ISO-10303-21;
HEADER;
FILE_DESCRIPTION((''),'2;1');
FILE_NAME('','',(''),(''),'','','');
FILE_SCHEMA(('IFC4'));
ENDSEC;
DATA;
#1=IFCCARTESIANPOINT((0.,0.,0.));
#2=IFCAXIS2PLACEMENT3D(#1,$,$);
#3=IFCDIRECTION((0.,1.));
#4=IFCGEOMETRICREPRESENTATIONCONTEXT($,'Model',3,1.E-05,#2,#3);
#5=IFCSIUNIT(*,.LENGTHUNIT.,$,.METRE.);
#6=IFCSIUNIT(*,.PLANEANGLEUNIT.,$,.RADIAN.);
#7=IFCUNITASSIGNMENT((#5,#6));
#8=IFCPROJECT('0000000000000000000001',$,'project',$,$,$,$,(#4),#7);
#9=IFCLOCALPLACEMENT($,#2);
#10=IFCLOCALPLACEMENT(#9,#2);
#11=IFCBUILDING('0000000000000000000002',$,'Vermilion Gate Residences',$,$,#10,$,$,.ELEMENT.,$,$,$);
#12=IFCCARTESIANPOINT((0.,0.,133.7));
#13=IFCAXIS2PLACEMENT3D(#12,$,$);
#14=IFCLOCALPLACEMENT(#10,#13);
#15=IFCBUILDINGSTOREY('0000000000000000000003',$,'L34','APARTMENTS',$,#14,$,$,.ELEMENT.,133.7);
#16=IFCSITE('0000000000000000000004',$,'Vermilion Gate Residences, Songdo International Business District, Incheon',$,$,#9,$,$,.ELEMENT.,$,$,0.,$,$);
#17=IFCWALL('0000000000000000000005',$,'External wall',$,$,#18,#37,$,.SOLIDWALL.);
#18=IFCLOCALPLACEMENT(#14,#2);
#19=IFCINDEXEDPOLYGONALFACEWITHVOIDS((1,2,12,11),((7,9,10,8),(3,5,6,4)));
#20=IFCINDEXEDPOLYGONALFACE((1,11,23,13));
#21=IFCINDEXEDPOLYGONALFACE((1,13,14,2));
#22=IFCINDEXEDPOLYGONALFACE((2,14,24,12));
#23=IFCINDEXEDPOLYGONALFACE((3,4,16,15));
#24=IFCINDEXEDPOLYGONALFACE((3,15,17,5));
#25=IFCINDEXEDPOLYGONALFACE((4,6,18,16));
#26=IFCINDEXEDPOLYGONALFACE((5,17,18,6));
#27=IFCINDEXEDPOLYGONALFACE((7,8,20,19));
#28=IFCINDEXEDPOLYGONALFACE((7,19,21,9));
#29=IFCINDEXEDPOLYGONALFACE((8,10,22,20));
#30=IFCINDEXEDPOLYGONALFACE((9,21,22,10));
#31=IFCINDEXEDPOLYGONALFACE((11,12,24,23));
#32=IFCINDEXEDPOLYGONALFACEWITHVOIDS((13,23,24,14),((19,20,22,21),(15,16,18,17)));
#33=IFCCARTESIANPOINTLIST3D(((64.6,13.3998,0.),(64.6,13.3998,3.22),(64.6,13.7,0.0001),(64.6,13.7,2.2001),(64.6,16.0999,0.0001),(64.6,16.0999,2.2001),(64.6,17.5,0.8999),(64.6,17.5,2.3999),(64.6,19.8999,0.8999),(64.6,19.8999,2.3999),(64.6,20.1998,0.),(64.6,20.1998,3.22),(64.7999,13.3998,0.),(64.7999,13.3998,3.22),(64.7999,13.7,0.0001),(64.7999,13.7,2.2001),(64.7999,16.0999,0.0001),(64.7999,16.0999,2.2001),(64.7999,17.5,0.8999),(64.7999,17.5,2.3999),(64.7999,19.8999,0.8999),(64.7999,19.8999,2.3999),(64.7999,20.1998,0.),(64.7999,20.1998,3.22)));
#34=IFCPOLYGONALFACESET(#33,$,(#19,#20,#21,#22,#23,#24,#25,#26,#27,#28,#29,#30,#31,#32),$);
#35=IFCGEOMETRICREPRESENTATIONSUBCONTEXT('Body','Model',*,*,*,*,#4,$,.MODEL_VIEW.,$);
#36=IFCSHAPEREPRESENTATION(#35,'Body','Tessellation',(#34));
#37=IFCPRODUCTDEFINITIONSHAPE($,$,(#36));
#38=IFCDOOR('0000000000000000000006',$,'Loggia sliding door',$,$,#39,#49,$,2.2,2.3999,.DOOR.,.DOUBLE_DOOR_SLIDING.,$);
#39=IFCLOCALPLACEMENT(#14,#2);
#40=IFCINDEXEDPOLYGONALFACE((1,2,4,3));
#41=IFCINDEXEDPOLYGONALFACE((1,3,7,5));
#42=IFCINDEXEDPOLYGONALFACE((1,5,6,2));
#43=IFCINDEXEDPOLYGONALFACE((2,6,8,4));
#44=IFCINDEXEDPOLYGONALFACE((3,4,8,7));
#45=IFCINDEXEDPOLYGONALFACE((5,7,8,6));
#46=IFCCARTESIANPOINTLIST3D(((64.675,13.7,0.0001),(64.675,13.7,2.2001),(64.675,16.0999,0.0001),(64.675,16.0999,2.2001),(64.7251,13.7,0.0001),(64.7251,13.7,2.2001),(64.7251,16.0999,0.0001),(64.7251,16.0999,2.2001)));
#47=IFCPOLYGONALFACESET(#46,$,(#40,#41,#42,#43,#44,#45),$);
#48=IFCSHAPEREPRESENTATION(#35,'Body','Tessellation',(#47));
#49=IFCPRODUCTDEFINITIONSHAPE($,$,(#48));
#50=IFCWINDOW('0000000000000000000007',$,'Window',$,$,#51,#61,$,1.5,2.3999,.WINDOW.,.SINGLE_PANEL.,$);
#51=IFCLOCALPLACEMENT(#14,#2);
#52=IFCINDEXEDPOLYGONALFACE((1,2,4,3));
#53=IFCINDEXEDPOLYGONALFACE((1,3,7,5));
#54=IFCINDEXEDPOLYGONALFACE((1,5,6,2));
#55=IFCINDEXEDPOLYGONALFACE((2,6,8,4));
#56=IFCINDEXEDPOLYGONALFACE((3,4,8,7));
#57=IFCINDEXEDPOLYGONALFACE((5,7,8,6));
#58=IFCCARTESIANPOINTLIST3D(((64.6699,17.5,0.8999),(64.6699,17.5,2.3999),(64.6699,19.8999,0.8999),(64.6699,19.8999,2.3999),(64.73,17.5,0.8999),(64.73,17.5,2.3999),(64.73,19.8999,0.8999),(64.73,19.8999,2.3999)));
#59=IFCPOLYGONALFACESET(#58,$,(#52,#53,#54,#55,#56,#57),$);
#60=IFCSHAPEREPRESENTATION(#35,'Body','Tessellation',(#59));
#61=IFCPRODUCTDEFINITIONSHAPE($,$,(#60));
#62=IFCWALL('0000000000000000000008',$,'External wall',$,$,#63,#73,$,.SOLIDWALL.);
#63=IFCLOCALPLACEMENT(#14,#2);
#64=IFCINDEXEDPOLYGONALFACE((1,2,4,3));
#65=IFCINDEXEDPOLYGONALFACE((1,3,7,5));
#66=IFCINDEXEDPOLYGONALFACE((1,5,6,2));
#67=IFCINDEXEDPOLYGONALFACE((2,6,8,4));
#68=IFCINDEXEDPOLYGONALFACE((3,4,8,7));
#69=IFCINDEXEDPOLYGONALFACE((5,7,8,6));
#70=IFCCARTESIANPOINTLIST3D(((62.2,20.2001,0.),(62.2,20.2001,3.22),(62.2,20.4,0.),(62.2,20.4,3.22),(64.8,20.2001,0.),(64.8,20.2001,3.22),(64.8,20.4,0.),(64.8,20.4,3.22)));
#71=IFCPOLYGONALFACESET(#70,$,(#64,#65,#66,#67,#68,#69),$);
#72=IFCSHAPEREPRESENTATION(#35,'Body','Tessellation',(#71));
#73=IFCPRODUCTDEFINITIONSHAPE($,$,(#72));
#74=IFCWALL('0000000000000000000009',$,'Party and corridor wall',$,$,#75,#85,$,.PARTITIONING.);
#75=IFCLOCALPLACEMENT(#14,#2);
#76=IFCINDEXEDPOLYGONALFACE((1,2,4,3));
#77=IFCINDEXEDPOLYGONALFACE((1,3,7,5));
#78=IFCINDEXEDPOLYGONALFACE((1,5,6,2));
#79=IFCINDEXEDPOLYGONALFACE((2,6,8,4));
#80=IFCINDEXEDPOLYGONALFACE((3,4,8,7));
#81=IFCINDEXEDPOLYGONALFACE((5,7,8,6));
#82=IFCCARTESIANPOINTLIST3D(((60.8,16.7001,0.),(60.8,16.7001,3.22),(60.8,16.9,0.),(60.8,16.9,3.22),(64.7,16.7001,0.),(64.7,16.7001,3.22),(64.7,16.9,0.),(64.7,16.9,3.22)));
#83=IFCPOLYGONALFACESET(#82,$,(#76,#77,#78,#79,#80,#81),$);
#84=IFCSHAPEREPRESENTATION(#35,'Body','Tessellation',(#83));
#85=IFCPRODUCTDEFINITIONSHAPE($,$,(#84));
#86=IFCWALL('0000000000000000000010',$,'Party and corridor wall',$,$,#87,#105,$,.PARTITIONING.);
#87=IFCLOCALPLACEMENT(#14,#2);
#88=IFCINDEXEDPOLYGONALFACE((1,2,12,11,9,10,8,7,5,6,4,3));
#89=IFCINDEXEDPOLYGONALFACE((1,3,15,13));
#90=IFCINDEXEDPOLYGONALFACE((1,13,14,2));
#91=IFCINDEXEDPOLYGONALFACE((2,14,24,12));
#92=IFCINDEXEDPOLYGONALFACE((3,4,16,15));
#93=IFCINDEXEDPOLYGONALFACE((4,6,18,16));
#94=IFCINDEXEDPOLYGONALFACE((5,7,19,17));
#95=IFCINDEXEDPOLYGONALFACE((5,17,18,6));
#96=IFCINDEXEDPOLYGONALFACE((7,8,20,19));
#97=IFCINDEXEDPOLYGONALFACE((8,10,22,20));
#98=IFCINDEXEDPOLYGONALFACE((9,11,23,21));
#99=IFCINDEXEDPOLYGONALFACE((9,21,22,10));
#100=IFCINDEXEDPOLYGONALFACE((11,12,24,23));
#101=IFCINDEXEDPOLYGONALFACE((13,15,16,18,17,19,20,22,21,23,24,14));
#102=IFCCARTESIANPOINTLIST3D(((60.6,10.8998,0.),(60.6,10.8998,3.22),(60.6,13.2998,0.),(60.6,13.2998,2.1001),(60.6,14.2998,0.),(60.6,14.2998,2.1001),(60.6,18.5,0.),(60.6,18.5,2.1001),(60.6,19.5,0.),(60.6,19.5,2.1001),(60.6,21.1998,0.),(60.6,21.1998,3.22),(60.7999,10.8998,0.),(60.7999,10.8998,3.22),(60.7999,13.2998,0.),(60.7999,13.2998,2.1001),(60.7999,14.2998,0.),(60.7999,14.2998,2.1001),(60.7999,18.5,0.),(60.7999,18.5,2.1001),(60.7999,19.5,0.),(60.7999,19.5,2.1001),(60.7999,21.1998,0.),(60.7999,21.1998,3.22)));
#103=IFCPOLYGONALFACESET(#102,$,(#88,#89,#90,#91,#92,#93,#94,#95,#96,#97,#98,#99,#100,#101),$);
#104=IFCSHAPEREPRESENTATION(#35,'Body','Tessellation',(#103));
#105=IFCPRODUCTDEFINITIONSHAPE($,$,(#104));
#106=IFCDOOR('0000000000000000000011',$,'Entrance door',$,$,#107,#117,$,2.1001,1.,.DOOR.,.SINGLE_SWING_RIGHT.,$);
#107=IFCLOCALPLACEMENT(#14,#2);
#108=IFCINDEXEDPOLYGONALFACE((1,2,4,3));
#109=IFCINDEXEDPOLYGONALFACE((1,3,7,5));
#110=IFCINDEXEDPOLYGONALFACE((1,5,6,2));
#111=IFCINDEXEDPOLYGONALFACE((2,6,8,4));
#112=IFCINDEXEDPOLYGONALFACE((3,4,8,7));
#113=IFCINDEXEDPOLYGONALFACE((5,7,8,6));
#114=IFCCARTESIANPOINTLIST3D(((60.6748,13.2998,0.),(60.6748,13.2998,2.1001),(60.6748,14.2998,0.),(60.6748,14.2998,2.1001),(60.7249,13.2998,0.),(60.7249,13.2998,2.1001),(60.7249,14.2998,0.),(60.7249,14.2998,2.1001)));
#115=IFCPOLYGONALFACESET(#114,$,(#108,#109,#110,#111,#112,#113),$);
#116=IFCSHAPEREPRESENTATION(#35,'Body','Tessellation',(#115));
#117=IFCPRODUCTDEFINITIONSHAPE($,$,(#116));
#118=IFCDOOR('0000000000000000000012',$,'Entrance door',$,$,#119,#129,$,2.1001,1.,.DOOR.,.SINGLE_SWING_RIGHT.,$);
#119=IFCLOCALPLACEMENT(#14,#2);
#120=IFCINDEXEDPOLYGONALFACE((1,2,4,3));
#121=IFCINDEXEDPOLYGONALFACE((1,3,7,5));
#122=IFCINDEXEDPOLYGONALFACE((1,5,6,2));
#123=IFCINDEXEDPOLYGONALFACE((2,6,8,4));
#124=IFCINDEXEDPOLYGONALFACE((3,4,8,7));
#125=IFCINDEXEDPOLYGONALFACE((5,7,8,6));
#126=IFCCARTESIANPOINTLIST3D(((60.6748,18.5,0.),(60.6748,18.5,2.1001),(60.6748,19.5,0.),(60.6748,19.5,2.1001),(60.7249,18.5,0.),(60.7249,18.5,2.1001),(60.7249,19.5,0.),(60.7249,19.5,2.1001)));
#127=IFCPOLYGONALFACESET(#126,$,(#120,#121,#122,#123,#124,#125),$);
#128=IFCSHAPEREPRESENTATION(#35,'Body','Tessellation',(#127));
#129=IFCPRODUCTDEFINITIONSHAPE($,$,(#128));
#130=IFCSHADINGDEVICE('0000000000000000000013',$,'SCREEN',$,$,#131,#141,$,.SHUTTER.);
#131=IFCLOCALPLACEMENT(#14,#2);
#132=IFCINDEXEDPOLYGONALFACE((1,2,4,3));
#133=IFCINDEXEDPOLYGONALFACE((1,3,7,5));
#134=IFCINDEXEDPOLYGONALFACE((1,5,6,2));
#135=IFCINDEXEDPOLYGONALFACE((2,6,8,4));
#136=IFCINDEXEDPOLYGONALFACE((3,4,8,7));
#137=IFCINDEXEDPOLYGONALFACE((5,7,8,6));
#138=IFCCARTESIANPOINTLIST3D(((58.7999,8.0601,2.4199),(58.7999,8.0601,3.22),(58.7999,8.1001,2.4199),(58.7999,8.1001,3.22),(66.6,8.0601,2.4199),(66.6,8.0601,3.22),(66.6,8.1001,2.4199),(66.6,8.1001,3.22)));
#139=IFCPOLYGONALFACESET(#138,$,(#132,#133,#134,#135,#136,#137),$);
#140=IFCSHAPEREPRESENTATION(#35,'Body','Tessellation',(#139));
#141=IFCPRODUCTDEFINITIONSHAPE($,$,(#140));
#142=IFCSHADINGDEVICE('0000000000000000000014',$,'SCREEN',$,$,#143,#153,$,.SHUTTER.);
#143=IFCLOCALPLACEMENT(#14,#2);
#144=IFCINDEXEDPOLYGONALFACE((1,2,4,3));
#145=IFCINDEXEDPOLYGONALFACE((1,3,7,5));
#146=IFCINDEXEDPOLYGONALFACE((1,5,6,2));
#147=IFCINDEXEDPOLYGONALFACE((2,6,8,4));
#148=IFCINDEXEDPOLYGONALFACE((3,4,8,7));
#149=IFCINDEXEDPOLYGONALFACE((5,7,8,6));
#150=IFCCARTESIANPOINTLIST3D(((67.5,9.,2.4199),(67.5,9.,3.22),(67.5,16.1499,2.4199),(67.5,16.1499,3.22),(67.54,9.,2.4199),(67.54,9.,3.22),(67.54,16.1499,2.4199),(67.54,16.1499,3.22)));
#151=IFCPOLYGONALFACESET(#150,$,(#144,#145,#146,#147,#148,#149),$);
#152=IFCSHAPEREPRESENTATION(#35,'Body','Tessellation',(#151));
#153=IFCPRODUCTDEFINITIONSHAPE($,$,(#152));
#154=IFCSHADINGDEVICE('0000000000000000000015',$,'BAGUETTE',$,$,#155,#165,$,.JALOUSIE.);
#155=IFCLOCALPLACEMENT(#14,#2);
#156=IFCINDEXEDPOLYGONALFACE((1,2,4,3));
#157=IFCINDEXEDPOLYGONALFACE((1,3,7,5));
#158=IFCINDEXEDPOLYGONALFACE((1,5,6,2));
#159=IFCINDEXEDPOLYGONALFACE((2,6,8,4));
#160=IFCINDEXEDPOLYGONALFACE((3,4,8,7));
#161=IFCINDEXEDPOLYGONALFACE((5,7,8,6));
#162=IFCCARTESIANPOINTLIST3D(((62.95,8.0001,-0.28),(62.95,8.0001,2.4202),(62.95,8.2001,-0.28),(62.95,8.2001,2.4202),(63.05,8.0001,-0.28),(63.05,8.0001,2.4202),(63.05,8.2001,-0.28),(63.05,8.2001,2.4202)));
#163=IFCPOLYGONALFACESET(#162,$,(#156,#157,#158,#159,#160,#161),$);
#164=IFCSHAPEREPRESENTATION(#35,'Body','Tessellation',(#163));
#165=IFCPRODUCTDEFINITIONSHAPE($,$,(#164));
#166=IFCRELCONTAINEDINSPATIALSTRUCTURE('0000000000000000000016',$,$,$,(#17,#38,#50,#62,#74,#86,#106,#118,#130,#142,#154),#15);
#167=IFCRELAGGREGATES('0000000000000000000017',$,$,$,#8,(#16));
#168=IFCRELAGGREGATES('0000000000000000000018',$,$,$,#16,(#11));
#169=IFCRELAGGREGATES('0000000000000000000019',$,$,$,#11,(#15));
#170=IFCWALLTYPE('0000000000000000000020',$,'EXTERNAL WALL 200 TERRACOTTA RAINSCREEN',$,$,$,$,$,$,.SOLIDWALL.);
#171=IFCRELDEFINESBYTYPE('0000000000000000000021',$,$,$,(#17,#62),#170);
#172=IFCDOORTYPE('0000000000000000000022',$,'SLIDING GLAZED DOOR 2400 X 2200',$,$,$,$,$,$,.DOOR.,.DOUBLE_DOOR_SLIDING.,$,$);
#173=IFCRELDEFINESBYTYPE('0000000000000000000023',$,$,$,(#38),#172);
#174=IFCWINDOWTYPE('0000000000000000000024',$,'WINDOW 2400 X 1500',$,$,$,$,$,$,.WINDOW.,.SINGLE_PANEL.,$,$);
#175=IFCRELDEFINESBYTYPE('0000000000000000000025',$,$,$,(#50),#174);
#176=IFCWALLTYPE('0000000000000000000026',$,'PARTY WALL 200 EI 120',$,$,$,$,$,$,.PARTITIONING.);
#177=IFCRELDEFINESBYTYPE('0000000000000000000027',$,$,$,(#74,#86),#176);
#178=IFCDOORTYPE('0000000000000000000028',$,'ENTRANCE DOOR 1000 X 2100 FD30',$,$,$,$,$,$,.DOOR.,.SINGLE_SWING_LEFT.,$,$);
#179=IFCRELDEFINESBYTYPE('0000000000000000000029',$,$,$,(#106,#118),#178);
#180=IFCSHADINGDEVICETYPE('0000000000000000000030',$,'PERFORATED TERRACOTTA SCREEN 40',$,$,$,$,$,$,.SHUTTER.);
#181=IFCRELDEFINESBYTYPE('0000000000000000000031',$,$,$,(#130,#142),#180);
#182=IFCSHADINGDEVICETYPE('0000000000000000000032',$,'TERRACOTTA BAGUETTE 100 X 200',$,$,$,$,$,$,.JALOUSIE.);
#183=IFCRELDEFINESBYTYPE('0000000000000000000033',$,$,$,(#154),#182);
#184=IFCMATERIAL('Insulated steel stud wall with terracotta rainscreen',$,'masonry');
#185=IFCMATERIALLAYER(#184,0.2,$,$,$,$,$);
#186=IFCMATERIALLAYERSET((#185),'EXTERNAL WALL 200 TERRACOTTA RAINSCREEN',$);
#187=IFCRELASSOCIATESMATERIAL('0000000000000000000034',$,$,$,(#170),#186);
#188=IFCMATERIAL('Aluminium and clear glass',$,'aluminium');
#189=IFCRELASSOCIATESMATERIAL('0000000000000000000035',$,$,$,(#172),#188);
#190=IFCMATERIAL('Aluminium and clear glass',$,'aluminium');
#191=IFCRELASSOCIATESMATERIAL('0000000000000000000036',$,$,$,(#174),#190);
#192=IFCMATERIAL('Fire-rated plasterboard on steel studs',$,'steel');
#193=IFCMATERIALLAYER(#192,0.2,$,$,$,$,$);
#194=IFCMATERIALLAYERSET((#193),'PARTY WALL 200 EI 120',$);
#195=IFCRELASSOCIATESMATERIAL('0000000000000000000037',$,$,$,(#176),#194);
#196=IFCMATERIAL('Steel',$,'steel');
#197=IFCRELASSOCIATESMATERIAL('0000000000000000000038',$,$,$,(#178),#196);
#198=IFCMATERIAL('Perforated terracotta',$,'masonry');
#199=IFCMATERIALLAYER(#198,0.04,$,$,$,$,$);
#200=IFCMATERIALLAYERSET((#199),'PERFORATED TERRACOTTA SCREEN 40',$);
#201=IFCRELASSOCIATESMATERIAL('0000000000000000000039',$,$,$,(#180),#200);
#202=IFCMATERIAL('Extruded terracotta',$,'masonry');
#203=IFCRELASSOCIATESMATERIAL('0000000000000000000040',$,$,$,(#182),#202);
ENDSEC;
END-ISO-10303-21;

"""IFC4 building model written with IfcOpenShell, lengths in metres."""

from ifc_helpers import new_model, si_unit, direction, frame, frame_2d, origin, origin_2d, place, context, subcontext, project, spatial, rectangle, extrude, material, layer, layer_set, material_profile, profile_set, type_object, element, fill, save


model = new_model("IFC4")

# Units and contexts
model_context = context("Model", 3, precision=1e-05, world=origin(), true_north=direction((0.0, 1.0)))
body_context = subcontext(model_context, "Body", "Model", "MODEL_VIEW")
ifc_project = project(units=[si_unit("LENGTHUNIT", "METRE"), si_unit("PLANEANGLEUNIT", "RADIAN")], contexts=[model_context])

# Site, building, storey
site_placement = place(None, origin())
site = spatial("IfcSite", under=ifc_project, at=site_placement, Name="Vermilion Gate Residences, Songdo International Business District, Incheon", CompositionType="ELEMENT", RefElevation=0.0)
building_placement = place(site_placement, origin())
building = spatial("IfcBuilding", under=site, at=building_placement, Name="Vermilion Gate Residences", CompositionType="ELEMENT")
storey_placement = place(building_placement, frame((0.0, 0.0, 133.7)))
storey = spatial("IfcBuildingStorey", under=building, at=storey_placement, Name="L34", Description="APARTMENTS", CompositionType="ELEMENT", Elevation=133.7)

# Shared definitions
ifc_material_1 = material(Name="Insulated steel stud wall with terracotta rainscreen", Category="masonry")
ifc_layer_1 = layer(ifc_material_1, 0.2)
ifc_layer_set_1 = layer_set([ifc_layer_1], Name="EXTERNAL WALL 200 TERRACOTTA RAINSCREEN")
wall_type_1 = type_object("IfcWallType", Name="EXTERNAL WALL 200 TERRACOTTA RAINSCREEN", PredefinedType="SOLIDWALL", material=ifc_layer_set_1)

# Wall, openings, door, window
wall_1_placement = place(storey_placement, frame((64.7, 13.3999, 0.0), z_axis=(0.0, 0.0, 1.0), x_axis=(0.0, 1.0, 0.0)))
wall_1 = element("IfcWall", 1, at=wall_1_placement, inside=storey, type_object=wall_type_1, Name="External wall", PredefinedType="SOLIDWALL", context=body_context, shape_type="SweptSolid", body=[
    extrude(rectangle(XDim=6.8, YDim=0.2, at=frame_2d((3.3999, 0.0))), origin(), (0.0, 0.0, 1.0), 3.22),
])
opening_1_placement = place(wall_1_placement, frame((4.1001, 0.0, 0.8999)))
opening_1 = element("IfcOpeningElement", 2, at=opening_1_placement, cuts=wall_1, PredefinedType="OPENING", context=body_context, shape_type="SweptSolid", body=[
    extrude(rectangle(XDim=2.3999, YDim=1.5, at=frame_2d((1.2, 0.75))), frame((0.0, 0.1099, 0.0), z_axis=(0.0, -1.0, 0.0), x_axis=(1.0, 0.0, 0.0)), (0.0, 0.0, 1.0), 0.22),
])
opening_2_placement = place(wall_1_placement, frame((0.3, 0.0, 0.0)))
opening_2 = element("IfcOpeningElement", 3, at=opening_2_placement, cuts=wall_1, PredefinedType="OPENING", context=body_context, shape_type="SweptSolid", body=[
    extrude(rectangle(XDim=2.3999, YDim=2.2, at=frame_2d((1.2, 1.1001))), frame((0.0, 0.1099, 0.0), z_axis=(0.0, -1.0, 0.0), x_axis=(1.0, 0.0, 0.0)), (0.0, 0.0, 1.0), 0.22),
])
ifc_material_2 = material(Name="Aluminium and clear glass", Category="aluminium")
door_type_1 = type_object("IfcDoorType", Name="SLIDING GLAZED DOOR 2400 X 2200", OperationType="DOUBLE_DOOR_SLIDING", PredefinedType="DOOR", material=ifc_material_2)
door_1_placement = place(opening_2_placement, origin())
door_1 = element("IfcDoor", 4, at=door_1_placement, inside=storey, type_object=door_type_1, Name="Loggia sliding door", OperationType="DOUBLE_DOOR_SLIDING", OverallHeight=2.2, OverallWidth=2.3999, PredefinedType="DOOR", context=body_context, shape_type="SweptSolid", body=[
    extrude(rectangle(XDim=2.3999, YDim=2.2, at=frame_2d((1.2, 1.1001))), frame((0.0, 0.0249, 0.0), z_axis=(0.0, -1.0, 0.0), x_axis=(1.0, 0.0, 0.0)), (0.0, 0.0, 1.0), 0.05),
])
fill(opening_2, door_1)
ifc_material_3 = material(Name="Aluminium and clear glass", Category="aluminium")
window_type_1 = type_object("IfcWindowType", Name="WINDOW 2400 X 1500", PartitioningType="SINGLE_PANEL", PredefinedType="WINDOW", material=ifc_material_3)
window_1_placement = place(opening_1_placement, origin())
window_1 = element("IfcWindow", 5, at=window_1_placement, inside=storey, type_object=window_type_1, Name="Window", OverallHeight=1.5, OverallWidth=2.3999, PartitioningType="SINGLE_PANEL", PredefinedType="WINDOW", context=body_context, shape_type="SweptSolid", body=[
    extrude(rectangle(XDim=2.3999, YDim=1.5, at=frame_2d((1.2, 0.75))), frame((0.0, 0.03, 0.0), z_axis=(0.0, -1.0, 0.0), x_axis=(1.0, 0.0, 0.0)), (0.0, 0.0, 1.0), 0.0601),
])
fill(opening_1, window_1)

# Walls
wall_2_placement = place(storey_placement, frame((64.8, 20.3, 0.0), z_axis=(0.0, 0.0, 1.0), x_axis=(-1.0, 0.0, 0.0)))
element("IfcWall", 6, at=wall_2_placement, inside=storey, type_object=wall_type_1, Name="External wall", PredefinedType="SOLIDWALL", context=body_context, shape_type="SweptSolid", body=[
    extrude(rectangle(XDim=2.6001, YDim=0.2, at=frame_2d((1.3, 0.0))), origin(), (0.0, 0.0, 1.0), 3.22),
])
ifc_material_4 = material(Name="Fire-rated plasterboard on steel studs", Category="steel")
ifc_layer_2 = layer(ifc_material_4, 0.2)
ifc_layer_set_2 = layer_set([ifc_layer_2], Name="PARTY WALL 200 EI 120")
wall_type_2 = type_object("IfcWallType", Name="PARTY WALL 200 EI 120", PredefinedType="PARTITIONING", material=ifc_layer_set_2)
wall_3_placement = place(storey_placement, frame((60.8, 16.8, 0.0), z_axis=(0.0, 0.0, 1.0), x_axis=(1.0, 0.0, 0.0)))
element("IfcWall", 7, at=wall_3_placement, inside=storey, type_object=wall_type_2, Name="Party and corridor wall", PredefinedType="PARTITIONING", context=body_context, shape_type="SweptSolid", body=[
    extrude(rectangle(XDim=3.8999, YDim=0.2, at=frame_2d((1.95, 0.0))), origin(), (0.0, 0.0, 1.0), 3.22),
])

# Wall, openings, doors
wall_4_placement = place(storey_placement, frame((60.7, 10.8999, 0.0), z_axis=(0.0, 0.0, 1.0), x_axis=(0.0, 1.0, 0.0)))
wall_4 = element("IfcWall", 8, at=wall_4_placement, inside=storey, type_object=wall_type_2, Name="Party and corridor wall", PredefinedType="PARTITIONING", context=body_context, shape_type="SweptSolid", body=[
    extrude(rectangle(XDim=10.3, YDim=0.2, at=frame_2d((5.1499, 0.0))), origin(), (0.0, 0.0, 1.0), 3.22),
])
opening_3_placement = place(wall_4_placement, frame((2.3999, 0.0, 0.0)))
opening_3 = element("IfcOpeningElement", 9, at=opening_3_placement, cuts=wall_4, PredefinedType="OPENING", context=body_context, shape_type="SweptSolid", body=[
    extrude(rectangle(XDim=1.0, YDim=2.1001, at=frame_2d((0.5, 1.05))), frame((0.0, 0.1099, 0.0), z_axis=(0.0, -1.0, 0.0), x_axis=(1.0, 0.0, 0.0)), (0.0, 0.0, 1.0), 0.22),
])
opening_4_placement = place(wall_4_placement, frame((7.6001, 0.0, 0.0)))
opening_4 = element("IfcOpeningElement", 10, at=opening_4_placement, cuts=wall_4, PredefinedType="OPENING", context=body_context, shape_type="SweptSolid", body=[
    extrude(rectangle(XDim=1.0, YDim=2.1001, at=frame_2d((0.5, 1.05))), frame((0.0, 0.1099, 0.0), z_axis=(0.0, -1.0, 0.0), x_axis=(1.0, 0.0, 0.0)), (0.0, 0.0, 1.0), 0.22),
])
ifc_material_5 = material(Name="Steel", Category="steel")
door_type_2 = type_object("IfcDoorType", Name="ENTRANCE DOOR 1000 X 2100 FD30", OperationType="SINGLE_SWING_LEFT", PredefinedType="DOOR", material=ifc_material_5)
door_2_placement = place(opening_3_placement, frame((1.0, 0.0, 0.0), z_axis=(0.0, 0.0, 1.0), x_axis=(-1.0, 0.0, 0.0)))
door_2 = element("IfcDoor", 11, at=door_2_placement, inside=storey, type_object=door_type_2, Name="Entrance door", OperationType="SINGLE_SWING_RIGHT", OverallHeight=2.1001, OverallWidth=1.0, PredefinedType="DOOR", context=body_context, shape_type="SweptSolid", body=[
    extrude(rectangle(XDim=1.0, YDim=2.1001, at=frame_2d((0.5, 1.05))), frame((0.0, 0.0249, 0.0), z_axis=(0.0, -1.0, 0.0), x_axis=(1.0, 0.0, 0.0)), (0.0, 0.0, 1.0), 0.05),
])
fill(opening_3, door_2)
door_3_placement = place(opening_4_placement, frame((1.0, 0.0, 0.0), z_axis=(0.0, 0.0, 1.0), x_axis=(-1.0, 0.0, 0.0)))
door_3 = element("IfcDoor", 12, at=door_3_placement, inside=storey, type_object=door_type_2, Name="Entrance door", OperationType="SINGLE_SWING_RIGHT", OverallHeight=2.1001, OverallWidth=1.0, PredefinedType="DOOR", context=body_context, shape_type="SweptSolid", body=[
    extrude(rectangle(XDim=1.0, YDim=2.1001, at=frame_2d((0.5, 1.05))), frame((0.0, 0.0249, 0.0), z_axis=(0.0, -1.0, 0.0), x_axis=(1.0, 0.0, 0.0)), (0.0, 0.0, 1.0), 0.05),
])
fill(opening_4, door_3)

# Shading devices
ifc_material_6 = material(Name="Perforated terracotta", Category="masonry")
ifc_layer_3 = layer(ifc_material_6, 0.04)
ifc_layer_set_3 = layer_set([ifc_layer_3], Name="PERFORATED TERRACOTTA SCREEN 40")
shading_device_type_1 = type_object("IfcShadingDeviceType", Name="PERFORATED TERRACOTTA SCREEN 40", PredefinedType="SHUTTER", material=ifc_layer_set_3)
shading_device_1_placement = place(storey_placement, frame((62.7, 8.0801, 2.4199), z_axis=(0.0, 0.0, 1.0), x_axis=(1.0, 0.0, 0.0)))
element("IfcShadingDevice", 13, at=shading_device_1_placement, inside=storey, type_object=shading_device_type_1, Name="SCREEN", PredefinedType="SHUTTER", context=body_context, shape_type="SweptSolid", body=[
    extrude(rectangle(XDim=7.8, YDim=0.04, at=origin_2d()), origin(), (0.0, 0.0, 1.0), 0.8),
])
shading_device_2_placement = place(storey_placement, frame((67.52, 12.575, 2.4199), z_axis=(0.0, 0.0, 1.0), x_axis=(0.0, 1.0, 0.0)))
element("IfcShadingDevice", 14, at=shading_device_2_placement, inside=storey, type_object=shading_device_type_1, Name="SCREEN", PredefinedType="SHUTTER", context=body_context, shape_type="SweptSolid", body=[
    extrude(rectangle(XDim=7.1499, YDim=0.04, at=origin_2d()), origin(), (0.0, 0.0, 1.0), 0.8),
])
ifc_material_7 = material(Name="Extruded terracotta", Category="masonry")
ifc_material_profile_1 = material_profile(ifc_material_7, rectangle(XDim=0.2, YDim=0.1001, at=origin_2d()), Name="BAGUETTE 100 X 200")
ifc_profile_set_1 = profile_set([ifc_material_profile_1], Name="Extruded terracotta")
shading_device_type_2 = type_object("IfcShadingDeviceType", Name="TERRACOTTA BAGUETTE 100 X 200", PredefinedType="JALOUSIE", material=ifc_profile_set_1)
for number, where, z_axis, x_axis, name in (
    (15, (63.0, 8.1001, -0.28), (0.0, 0.0, 1.0), (0.0, 1.0, 0.0), "BAGUETTE"),
):
    element("IfcShadingDevice", number, at=place(storey_placement, frame(where, z_axis=z_axis, x_axis=x_axis)), inside=storey, type_object=shading_device_type_2, Name=name, PredefinedType="JALOUSIE", context=body_context, shape_type="SweptSolid", body=[
        extrude(rectangle(XDim=0.2, YDim=0.1001, at=origin_2d()), origin(), (0.0, 0.0, 1.0), 2.7002),
    ])

save(model, "model.ifc")
